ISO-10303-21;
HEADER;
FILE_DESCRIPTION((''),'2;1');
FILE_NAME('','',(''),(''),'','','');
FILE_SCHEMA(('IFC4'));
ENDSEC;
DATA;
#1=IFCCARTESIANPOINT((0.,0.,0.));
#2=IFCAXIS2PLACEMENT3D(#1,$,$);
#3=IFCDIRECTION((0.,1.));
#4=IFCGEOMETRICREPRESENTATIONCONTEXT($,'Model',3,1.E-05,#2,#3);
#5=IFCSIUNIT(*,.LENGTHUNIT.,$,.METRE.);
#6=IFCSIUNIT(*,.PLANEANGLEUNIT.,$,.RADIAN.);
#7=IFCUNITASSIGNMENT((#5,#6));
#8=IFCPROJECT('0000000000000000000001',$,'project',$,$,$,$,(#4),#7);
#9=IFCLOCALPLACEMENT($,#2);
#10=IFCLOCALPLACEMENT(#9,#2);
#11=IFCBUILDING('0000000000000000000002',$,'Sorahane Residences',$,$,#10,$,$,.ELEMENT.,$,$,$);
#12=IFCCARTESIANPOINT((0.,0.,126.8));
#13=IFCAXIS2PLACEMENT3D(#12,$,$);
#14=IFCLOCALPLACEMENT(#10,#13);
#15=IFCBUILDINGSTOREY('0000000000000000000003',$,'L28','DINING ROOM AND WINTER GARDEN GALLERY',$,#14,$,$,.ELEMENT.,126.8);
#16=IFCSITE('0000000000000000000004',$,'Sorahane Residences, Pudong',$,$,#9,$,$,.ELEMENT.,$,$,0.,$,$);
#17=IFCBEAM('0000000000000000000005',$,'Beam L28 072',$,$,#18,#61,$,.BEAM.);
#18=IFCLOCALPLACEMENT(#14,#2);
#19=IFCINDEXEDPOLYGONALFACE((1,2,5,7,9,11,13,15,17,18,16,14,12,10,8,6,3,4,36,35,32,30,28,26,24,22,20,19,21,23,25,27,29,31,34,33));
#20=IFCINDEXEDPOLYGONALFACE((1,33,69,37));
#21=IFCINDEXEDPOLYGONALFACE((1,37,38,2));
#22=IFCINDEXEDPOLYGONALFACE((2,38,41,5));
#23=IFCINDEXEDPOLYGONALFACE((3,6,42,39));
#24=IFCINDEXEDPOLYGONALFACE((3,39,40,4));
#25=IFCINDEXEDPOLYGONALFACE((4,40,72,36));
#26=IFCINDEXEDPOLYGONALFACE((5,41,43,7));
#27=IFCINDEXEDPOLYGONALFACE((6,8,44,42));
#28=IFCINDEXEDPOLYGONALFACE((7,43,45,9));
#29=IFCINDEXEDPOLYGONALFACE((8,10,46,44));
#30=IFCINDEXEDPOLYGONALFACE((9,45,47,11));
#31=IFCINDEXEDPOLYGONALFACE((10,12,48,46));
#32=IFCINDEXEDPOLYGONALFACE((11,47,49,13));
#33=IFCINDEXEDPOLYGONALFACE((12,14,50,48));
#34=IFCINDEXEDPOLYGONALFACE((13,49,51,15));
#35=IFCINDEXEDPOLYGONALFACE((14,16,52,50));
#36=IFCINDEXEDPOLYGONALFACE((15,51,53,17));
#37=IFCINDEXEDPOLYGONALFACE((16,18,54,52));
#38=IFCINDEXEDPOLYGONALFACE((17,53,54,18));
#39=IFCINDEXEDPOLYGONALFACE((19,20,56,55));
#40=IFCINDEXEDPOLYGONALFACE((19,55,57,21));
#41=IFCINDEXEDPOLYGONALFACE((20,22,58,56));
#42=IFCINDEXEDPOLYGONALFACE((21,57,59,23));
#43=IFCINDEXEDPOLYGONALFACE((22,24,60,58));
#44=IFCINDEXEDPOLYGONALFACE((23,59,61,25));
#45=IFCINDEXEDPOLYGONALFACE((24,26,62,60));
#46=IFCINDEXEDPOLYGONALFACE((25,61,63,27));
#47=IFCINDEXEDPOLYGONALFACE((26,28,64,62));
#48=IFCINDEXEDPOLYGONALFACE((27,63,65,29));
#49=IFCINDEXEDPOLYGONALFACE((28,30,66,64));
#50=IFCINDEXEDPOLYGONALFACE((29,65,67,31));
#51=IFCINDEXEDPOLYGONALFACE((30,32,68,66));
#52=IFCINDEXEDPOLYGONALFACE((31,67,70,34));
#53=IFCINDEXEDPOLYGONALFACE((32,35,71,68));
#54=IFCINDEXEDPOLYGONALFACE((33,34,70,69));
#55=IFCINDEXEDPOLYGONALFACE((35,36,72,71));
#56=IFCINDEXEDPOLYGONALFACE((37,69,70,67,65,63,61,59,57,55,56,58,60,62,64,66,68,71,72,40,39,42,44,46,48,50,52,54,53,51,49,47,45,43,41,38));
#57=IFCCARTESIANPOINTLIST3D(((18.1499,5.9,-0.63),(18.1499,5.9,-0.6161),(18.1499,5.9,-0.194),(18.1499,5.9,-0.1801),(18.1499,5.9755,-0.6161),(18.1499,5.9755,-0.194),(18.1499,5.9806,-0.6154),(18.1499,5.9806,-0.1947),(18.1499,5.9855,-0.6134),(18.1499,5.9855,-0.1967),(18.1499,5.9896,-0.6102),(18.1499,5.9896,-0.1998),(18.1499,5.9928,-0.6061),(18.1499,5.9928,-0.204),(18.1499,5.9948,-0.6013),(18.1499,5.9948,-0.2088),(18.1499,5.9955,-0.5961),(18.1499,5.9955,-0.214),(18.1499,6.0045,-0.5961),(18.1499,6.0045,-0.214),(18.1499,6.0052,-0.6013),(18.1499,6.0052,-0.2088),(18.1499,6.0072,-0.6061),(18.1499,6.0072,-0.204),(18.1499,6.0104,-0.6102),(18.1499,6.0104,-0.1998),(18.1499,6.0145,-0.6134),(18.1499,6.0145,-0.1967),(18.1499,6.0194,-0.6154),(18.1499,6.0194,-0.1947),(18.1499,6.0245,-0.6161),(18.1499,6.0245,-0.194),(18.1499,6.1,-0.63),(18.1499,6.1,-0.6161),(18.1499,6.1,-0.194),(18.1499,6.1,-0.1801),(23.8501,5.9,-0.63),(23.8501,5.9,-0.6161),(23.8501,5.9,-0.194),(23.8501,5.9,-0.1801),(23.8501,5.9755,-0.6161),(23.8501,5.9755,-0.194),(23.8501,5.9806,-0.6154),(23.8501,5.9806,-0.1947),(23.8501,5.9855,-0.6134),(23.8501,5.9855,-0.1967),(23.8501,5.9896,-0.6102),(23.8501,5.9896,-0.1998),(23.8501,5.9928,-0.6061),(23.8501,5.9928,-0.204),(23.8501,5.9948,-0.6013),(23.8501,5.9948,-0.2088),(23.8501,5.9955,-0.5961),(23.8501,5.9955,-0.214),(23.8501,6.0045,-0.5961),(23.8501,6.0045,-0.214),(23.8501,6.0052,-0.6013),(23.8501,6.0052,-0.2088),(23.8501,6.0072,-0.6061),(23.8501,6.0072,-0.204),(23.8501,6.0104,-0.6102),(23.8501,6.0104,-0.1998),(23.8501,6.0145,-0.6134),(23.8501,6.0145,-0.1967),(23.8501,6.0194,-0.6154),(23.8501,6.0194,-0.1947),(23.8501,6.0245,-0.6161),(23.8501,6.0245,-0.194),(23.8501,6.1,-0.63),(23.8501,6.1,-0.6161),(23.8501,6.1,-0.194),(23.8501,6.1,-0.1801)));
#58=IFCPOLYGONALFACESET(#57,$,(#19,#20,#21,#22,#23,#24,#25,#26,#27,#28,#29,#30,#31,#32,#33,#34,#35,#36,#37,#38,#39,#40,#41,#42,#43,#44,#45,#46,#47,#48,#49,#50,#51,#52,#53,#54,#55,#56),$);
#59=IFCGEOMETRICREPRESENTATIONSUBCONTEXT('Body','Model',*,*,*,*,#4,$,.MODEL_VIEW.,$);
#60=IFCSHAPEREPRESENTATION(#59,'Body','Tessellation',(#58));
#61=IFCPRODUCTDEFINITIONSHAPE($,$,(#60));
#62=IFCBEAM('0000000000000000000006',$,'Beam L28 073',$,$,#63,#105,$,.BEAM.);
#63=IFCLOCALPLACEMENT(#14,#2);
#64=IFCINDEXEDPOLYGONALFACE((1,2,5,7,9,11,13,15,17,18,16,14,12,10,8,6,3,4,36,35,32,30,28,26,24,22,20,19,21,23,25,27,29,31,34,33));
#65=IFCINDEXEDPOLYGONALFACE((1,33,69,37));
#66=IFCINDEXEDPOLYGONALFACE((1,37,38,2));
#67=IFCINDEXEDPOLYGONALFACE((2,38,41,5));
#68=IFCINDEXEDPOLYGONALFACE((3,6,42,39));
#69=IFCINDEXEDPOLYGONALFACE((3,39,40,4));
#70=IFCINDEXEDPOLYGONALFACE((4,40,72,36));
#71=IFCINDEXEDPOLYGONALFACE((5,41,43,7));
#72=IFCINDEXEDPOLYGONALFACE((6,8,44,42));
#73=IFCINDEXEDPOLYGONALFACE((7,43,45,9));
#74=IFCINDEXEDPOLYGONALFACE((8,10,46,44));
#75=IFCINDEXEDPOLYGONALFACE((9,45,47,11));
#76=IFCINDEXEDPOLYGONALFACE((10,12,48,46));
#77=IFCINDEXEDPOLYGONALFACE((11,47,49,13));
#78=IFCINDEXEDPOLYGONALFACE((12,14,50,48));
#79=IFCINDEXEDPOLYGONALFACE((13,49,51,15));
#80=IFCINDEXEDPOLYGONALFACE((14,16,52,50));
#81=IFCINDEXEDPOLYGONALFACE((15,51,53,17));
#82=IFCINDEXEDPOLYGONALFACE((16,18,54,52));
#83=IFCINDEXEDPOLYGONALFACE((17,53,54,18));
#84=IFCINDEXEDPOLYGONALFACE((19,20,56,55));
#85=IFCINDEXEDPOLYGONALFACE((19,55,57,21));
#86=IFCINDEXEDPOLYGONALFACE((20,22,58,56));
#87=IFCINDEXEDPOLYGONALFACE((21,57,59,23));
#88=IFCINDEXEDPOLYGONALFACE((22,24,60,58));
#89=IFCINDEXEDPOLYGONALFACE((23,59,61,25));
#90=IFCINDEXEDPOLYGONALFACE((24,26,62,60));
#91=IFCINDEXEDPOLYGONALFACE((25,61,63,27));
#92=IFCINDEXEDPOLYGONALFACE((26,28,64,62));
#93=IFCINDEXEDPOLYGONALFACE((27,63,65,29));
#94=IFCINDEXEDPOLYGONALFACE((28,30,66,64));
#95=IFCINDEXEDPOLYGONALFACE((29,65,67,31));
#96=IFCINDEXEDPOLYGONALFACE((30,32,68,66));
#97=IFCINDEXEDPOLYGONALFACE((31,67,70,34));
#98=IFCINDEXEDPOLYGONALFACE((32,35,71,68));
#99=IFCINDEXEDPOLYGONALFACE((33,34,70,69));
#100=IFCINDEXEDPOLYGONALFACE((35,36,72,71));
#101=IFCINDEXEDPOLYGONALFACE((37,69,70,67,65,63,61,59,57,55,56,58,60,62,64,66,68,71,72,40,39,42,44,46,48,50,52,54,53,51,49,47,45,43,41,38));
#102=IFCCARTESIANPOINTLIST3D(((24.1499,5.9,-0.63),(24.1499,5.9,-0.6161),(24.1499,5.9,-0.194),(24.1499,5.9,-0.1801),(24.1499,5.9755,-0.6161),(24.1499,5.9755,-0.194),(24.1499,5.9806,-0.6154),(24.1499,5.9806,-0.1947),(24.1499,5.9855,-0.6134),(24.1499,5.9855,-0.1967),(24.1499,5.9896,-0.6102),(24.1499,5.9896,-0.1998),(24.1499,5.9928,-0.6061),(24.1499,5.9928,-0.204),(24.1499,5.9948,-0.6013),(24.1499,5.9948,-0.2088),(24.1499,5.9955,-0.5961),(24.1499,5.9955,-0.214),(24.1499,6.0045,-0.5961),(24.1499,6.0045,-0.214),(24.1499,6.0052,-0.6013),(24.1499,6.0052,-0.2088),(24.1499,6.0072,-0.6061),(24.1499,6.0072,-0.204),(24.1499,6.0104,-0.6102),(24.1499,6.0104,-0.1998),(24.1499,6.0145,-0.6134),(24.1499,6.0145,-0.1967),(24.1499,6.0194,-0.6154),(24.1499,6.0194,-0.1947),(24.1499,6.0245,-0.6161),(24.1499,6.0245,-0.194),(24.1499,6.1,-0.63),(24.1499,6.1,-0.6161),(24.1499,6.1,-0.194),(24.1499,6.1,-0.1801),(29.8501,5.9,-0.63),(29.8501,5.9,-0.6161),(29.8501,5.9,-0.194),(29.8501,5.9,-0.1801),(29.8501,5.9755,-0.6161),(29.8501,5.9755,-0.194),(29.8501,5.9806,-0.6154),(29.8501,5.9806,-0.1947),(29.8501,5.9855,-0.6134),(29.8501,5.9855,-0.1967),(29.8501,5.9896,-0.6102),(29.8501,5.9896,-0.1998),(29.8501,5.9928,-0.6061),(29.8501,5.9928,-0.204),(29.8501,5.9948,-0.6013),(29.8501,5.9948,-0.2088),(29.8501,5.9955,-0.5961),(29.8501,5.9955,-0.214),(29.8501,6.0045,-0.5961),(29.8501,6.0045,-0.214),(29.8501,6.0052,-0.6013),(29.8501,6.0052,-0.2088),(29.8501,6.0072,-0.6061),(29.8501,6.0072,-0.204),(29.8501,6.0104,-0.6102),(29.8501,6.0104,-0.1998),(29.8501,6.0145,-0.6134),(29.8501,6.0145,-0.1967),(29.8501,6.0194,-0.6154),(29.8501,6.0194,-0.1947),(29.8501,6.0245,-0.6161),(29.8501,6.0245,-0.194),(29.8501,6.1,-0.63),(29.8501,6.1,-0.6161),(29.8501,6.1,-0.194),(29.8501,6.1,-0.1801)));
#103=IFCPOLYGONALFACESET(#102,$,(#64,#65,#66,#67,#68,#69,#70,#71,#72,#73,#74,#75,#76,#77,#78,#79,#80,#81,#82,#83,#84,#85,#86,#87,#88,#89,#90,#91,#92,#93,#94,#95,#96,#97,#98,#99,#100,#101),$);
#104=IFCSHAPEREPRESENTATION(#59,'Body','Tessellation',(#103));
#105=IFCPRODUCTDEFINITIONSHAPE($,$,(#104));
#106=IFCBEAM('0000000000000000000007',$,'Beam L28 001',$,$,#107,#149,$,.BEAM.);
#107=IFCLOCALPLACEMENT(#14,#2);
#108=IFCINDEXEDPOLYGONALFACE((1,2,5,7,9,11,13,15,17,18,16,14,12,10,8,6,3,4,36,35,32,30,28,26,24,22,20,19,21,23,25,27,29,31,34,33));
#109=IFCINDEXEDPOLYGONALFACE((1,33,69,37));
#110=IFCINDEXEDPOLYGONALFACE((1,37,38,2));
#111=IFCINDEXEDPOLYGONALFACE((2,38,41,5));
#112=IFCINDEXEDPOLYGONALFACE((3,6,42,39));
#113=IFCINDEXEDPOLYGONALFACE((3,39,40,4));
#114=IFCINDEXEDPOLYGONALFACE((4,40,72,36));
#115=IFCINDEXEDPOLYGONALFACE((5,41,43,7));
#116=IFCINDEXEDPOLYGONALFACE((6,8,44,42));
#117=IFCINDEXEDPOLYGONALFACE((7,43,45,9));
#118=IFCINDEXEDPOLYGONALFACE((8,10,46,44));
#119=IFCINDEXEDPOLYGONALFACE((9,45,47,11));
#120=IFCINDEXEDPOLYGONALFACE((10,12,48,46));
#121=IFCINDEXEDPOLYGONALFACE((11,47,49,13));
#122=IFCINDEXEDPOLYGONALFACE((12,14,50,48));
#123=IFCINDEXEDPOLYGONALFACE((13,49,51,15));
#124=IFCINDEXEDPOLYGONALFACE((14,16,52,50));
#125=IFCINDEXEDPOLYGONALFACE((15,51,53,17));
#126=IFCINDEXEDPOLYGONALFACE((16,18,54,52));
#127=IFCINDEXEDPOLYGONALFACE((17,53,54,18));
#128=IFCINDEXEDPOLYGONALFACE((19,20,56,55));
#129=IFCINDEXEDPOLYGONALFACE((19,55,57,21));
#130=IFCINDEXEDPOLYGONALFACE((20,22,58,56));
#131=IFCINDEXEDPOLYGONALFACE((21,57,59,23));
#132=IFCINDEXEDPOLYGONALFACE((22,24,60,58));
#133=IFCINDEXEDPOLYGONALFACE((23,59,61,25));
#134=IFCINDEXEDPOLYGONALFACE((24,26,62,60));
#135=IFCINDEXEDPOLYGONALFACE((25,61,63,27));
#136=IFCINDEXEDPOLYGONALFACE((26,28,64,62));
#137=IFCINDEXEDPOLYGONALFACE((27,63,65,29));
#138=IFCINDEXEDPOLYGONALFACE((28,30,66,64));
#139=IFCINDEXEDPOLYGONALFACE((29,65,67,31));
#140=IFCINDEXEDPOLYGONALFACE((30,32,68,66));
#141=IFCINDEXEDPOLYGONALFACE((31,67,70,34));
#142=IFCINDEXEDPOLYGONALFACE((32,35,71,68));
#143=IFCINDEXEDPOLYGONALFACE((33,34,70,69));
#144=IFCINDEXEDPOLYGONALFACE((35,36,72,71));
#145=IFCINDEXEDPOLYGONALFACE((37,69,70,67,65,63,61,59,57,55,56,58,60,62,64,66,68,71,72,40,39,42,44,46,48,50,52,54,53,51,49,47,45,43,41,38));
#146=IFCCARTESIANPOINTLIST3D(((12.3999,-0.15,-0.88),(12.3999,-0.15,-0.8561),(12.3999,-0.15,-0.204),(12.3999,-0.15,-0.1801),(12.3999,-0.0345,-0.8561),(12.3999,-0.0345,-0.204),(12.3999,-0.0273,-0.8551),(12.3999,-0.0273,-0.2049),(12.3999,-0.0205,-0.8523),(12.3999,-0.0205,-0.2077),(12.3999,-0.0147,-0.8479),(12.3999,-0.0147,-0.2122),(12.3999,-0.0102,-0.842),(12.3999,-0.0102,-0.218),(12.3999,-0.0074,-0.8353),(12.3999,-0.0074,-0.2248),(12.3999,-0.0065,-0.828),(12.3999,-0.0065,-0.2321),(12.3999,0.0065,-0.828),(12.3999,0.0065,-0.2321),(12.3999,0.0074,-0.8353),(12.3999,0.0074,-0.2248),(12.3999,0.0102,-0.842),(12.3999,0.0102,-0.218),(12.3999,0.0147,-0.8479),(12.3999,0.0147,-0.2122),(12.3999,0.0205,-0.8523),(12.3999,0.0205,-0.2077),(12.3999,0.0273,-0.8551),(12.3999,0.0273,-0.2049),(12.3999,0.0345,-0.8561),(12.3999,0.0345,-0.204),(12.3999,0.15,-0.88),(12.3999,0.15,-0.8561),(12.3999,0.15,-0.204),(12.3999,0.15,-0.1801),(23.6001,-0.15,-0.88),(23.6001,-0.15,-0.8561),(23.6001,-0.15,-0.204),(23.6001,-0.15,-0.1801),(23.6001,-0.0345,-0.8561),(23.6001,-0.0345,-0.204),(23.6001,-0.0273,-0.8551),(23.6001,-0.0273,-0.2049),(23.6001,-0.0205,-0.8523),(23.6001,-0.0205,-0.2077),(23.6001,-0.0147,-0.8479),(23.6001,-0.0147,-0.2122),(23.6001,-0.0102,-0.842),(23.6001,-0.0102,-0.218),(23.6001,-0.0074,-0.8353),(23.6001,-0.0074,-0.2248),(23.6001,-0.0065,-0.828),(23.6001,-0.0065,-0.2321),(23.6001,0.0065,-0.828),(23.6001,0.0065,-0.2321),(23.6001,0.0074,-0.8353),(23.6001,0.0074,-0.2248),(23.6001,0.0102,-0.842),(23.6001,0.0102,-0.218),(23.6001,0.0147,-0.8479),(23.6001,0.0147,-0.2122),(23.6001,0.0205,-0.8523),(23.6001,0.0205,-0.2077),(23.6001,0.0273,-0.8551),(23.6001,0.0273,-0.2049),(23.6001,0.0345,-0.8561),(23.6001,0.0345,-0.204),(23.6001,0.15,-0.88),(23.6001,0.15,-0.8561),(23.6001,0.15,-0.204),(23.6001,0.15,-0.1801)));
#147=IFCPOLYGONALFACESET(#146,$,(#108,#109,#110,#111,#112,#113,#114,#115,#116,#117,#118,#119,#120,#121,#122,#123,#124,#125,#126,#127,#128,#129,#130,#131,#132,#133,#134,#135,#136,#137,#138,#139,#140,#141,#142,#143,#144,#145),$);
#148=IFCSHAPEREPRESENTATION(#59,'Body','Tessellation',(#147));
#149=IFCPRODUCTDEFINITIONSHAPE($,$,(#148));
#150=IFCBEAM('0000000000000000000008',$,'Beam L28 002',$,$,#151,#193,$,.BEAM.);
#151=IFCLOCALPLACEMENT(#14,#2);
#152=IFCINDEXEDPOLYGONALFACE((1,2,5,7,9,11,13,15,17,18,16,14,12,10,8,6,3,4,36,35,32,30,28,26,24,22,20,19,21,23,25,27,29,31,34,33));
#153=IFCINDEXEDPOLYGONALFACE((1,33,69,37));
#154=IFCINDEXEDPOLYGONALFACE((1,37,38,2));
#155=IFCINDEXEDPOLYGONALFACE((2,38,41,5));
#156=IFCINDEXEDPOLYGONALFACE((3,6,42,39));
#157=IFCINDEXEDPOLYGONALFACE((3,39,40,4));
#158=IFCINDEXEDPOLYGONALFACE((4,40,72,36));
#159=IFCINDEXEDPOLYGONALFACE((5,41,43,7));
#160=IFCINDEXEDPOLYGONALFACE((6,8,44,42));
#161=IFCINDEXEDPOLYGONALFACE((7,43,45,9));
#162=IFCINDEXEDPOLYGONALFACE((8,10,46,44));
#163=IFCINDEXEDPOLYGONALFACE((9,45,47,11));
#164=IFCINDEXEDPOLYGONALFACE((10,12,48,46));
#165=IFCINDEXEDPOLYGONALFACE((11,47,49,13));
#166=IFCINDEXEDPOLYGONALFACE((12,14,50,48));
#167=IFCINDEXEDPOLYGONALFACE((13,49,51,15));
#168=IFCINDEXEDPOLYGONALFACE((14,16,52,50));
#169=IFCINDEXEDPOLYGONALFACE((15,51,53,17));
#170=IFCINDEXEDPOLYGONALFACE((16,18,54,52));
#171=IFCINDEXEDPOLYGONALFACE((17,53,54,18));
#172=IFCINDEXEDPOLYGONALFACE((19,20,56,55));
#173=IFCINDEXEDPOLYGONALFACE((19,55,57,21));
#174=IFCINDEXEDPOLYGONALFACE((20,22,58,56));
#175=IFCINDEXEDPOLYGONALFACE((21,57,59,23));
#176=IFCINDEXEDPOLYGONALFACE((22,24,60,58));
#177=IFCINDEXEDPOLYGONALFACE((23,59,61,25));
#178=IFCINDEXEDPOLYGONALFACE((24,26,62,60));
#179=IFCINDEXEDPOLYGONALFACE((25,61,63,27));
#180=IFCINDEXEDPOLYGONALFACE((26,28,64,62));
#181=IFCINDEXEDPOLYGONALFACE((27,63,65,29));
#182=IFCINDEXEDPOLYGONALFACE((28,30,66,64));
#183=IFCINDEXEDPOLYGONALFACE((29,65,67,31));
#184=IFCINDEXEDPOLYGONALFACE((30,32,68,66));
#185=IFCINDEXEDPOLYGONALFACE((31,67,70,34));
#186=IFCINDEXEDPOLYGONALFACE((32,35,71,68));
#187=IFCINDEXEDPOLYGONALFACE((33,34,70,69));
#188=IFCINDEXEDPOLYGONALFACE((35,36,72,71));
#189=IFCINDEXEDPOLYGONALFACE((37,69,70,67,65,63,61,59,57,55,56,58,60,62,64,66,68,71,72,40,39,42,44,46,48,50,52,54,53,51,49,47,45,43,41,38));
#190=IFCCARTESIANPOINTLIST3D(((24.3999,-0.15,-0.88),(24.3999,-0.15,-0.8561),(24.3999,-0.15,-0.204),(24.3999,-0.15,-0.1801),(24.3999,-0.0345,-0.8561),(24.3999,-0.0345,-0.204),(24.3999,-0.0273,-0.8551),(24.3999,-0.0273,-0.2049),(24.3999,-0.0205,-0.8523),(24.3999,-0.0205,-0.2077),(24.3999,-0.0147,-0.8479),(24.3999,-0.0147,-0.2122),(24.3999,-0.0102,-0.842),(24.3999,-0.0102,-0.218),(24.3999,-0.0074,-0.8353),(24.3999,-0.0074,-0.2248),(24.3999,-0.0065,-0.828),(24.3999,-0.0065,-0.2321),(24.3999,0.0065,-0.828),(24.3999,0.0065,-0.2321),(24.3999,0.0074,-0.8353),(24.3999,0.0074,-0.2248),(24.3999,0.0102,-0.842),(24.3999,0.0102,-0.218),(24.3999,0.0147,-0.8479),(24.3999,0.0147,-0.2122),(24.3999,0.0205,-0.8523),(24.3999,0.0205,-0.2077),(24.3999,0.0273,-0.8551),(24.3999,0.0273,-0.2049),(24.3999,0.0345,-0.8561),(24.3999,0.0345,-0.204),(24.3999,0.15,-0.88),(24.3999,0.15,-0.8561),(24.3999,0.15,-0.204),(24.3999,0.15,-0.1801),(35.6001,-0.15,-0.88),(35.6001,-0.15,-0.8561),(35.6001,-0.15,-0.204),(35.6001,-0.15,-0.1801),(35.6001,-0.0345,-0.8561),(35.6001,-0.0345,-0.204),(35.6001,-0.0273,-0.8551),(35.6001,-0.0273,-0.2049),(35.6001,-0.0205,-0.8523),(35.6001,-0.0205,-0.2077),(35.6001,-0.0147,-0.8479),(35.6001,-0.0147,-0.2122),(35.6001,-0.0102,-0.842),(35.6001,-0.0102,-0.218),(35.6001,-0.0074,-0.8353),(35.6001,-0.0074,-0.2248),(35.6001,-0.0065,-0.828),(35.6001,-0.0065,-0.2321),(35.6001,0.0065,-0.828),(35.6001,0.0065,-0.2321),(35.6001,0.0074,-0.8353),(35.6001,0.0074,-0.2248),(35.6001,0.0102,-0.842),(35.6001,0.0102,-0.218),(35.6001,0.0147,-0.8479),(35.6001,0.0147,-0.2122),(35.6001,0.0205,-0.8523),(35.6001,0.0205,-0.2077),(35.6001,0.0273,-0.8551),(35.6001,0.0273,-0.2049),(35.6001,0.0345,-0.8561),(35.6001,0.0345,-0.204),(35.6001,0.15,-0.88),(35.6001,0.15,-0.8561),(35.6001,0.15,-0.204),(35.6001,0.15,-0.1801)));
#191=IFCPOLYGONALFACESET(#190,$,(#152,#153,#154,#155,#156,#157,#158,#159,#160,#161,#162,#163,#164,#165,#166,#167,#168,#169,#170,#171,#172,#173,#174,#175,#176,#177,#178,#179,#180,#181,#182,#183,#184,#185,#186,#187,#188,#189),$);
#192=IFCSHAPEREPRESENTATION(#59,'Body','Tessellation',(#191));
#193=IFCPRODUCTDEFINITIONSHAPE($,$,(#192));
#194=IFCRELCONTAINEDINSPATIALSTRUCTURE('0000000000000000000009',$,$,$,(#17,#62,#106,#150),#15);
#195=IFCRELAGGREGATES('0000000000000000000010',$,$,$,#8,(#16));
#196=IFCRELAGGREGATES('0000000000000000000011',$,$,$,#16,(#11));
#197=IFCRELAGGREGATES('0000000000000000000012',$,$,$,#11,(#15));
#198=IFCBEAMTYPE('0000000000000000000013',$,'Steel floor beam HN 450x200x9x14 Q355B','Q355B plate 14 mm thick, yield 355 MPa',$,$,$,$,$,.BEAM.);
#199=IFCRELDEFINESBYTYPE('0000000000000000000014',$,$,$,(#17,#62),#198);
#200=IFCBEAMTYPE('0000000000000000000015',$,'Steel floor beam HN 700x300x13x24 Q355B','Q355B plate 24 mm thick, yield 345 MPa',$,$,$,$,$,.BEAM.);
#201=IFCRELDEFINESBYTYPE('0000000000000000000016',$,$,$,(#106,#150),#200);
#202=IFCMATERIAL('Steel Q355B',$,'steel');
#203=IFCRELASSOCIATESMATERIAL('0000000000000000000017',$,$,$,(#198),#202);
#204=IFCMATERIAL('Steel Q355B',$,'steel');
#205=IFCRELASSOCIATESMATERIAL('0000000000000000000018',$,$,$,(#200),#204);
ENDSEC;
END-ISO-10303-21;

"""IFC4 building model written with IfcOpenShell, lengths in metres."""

from ifc_helpers import new_model, si_unit, direction, frame, origin, origin_2d, place, context, subcontext, project, spatial, i_section, extrude, material, material_profile, profile_set, type_object, element, save


model = new_model("IFC4")

# Units and contexts
model_context = context("Model", 3, precision=1e-05, world=origin(), true_north=direction((0.0, 1.0)))
body_context = subcontext(model_context, "Body", "Model", "MODEL_VIEW")
ifc_project = project(units=[si_unit("LENGTHUNIT", "METRE"), si_unit("PLANEANGLEUNIT", "RADIAN")], contexts=[model_context])

# Site, building, storey
site_placement = place(None, origin())
site = spatial("IfcSite", under=ifc_project, at=site_placement, Name="Sorahane Residences, Pudong", CompositionType="ELEMENT", RefElevation=0.0)
building_placement = place(site_placement, origin())
building = spatial("IfcBuilding", under=site, at=building_placement, Name="Sorahane Residences", CompositionType="ELEMENT")
storey_placement = place(building_placement, frame((0.0, 0.0, 126.8)))
storey = spatial("IfcBuildingStorey", under=building, at=storey_placement, Name="L28", Description="DINING ROOM AND WINTER GARDEN GALLERY", CompositionType="ELEMENT", Elevation=126.8)

# Beams
ifc_material_1 = material(Name="Steel Q355B", Category="steel")
ifc_material_profile_1 = material_profile(ifc_material_1, i_section(OverallWidth=0.2, OverallDepth=0.45, WebThickness=0.009, FlangeThickness=0.0139, FilletRadius=0.02, at=origin_2d()), Name="HN 450x200x9x14")
ifc_profile_set_1 = profile_set([ifc_material_profile_1], Name="Steel Q355B")
beam_type_1 = type_object("IfcBeamType", Name="Steel floor beam HN 450x200x9x14 Q355B", Description="Q355B plate 14 mm thick, yield 355 MPa", PredefinedType="BEAM", material=ifc_profile_set_1)
for number, where, z_axis, x_axis, name in (
    (1, (18.1499, 6.0, -0.405), (1.0, 0.0, 0.0), (0.0, 1.0, 0.0), "Beam L28 072"),
    (2, (24.1499, 6.0, -0.405), (1.0, 0.0, 0.0), (0.0, 1.0, 0.0), "Beam L28 073"),
):
    element("IfcBeam", number, at=place(storey_placement, frame(where, z_axis=z_axis, x_axis=x_axis)), inside=storey, type_object=beam_type_1, Name=name, PredefinedType="BEAM", context=body_context, shape_type="SweptSolid", body=[
        extrude(i_section(OverallWidth=0.2, OverallDepth=0.45, WebThickness=0.009, FlangeThickness=0.0139, FilletRadius=0.02, at=origin_2d()), origin(), (0.0, 0.0, 1.0), 5.7002),
    ])
ifc_material_2 = material(Name="Steel Q355B", Category="steel")
ifc_material_profile_2 = material_profile(ifc_material_2, i_section(OverallWidth=0.3, OverallDepth=0.7, WebThickness=0.0129, FlangeThickness=0.0239, FilletRadius=0.0281, at=origin_2d()), Name="HN 700x300x13x24")
ifc_profile_set_2 = profile_set([ifc_material_profile_2], Name="Steel Q355B")
beam_type_2 = type_object("IfcBeamType", Name="Steel floor beam HN 700x300x13x24 Q355B", Description="Q355B plate 24 mm thick, yield 345 MPa", PredefinedType="BEAM", material=ifc_profile_set_2)
for number, where, z_axis, x_axis, name in (
    (3, (12.3999, 0.0, -0.53), (1.0, 0.0, 0.0), (0.0, 1.0, 0.0), "Beam L28 001"),
    (4, (24.3999, 0.0, -0.53), (1.0, 0.0, 0.0), (0.0, 1.0, 0.0), "Beam L28 002"),
):
    element("IfcBeam", number, at=place(storey_placement, frame(where, z_axis=z_axis, x_axis=x_axis)), inside=storey, type_object=beam_type_2, Name=name, PredefinedType="BEAM", context=body_context, shape_type="SweptSolid", body=[
        extrude(i_section(OverallWidth=0.3, OverallDepth=0.7, WebThickness=0.0129, FlangeThickness=0.0239, FilletRadius=0.0281, at=origin_2d()), origin(), (0.0, 0.0, 1.0), 11.2002),
    ])

save(model, "model.ifc")
